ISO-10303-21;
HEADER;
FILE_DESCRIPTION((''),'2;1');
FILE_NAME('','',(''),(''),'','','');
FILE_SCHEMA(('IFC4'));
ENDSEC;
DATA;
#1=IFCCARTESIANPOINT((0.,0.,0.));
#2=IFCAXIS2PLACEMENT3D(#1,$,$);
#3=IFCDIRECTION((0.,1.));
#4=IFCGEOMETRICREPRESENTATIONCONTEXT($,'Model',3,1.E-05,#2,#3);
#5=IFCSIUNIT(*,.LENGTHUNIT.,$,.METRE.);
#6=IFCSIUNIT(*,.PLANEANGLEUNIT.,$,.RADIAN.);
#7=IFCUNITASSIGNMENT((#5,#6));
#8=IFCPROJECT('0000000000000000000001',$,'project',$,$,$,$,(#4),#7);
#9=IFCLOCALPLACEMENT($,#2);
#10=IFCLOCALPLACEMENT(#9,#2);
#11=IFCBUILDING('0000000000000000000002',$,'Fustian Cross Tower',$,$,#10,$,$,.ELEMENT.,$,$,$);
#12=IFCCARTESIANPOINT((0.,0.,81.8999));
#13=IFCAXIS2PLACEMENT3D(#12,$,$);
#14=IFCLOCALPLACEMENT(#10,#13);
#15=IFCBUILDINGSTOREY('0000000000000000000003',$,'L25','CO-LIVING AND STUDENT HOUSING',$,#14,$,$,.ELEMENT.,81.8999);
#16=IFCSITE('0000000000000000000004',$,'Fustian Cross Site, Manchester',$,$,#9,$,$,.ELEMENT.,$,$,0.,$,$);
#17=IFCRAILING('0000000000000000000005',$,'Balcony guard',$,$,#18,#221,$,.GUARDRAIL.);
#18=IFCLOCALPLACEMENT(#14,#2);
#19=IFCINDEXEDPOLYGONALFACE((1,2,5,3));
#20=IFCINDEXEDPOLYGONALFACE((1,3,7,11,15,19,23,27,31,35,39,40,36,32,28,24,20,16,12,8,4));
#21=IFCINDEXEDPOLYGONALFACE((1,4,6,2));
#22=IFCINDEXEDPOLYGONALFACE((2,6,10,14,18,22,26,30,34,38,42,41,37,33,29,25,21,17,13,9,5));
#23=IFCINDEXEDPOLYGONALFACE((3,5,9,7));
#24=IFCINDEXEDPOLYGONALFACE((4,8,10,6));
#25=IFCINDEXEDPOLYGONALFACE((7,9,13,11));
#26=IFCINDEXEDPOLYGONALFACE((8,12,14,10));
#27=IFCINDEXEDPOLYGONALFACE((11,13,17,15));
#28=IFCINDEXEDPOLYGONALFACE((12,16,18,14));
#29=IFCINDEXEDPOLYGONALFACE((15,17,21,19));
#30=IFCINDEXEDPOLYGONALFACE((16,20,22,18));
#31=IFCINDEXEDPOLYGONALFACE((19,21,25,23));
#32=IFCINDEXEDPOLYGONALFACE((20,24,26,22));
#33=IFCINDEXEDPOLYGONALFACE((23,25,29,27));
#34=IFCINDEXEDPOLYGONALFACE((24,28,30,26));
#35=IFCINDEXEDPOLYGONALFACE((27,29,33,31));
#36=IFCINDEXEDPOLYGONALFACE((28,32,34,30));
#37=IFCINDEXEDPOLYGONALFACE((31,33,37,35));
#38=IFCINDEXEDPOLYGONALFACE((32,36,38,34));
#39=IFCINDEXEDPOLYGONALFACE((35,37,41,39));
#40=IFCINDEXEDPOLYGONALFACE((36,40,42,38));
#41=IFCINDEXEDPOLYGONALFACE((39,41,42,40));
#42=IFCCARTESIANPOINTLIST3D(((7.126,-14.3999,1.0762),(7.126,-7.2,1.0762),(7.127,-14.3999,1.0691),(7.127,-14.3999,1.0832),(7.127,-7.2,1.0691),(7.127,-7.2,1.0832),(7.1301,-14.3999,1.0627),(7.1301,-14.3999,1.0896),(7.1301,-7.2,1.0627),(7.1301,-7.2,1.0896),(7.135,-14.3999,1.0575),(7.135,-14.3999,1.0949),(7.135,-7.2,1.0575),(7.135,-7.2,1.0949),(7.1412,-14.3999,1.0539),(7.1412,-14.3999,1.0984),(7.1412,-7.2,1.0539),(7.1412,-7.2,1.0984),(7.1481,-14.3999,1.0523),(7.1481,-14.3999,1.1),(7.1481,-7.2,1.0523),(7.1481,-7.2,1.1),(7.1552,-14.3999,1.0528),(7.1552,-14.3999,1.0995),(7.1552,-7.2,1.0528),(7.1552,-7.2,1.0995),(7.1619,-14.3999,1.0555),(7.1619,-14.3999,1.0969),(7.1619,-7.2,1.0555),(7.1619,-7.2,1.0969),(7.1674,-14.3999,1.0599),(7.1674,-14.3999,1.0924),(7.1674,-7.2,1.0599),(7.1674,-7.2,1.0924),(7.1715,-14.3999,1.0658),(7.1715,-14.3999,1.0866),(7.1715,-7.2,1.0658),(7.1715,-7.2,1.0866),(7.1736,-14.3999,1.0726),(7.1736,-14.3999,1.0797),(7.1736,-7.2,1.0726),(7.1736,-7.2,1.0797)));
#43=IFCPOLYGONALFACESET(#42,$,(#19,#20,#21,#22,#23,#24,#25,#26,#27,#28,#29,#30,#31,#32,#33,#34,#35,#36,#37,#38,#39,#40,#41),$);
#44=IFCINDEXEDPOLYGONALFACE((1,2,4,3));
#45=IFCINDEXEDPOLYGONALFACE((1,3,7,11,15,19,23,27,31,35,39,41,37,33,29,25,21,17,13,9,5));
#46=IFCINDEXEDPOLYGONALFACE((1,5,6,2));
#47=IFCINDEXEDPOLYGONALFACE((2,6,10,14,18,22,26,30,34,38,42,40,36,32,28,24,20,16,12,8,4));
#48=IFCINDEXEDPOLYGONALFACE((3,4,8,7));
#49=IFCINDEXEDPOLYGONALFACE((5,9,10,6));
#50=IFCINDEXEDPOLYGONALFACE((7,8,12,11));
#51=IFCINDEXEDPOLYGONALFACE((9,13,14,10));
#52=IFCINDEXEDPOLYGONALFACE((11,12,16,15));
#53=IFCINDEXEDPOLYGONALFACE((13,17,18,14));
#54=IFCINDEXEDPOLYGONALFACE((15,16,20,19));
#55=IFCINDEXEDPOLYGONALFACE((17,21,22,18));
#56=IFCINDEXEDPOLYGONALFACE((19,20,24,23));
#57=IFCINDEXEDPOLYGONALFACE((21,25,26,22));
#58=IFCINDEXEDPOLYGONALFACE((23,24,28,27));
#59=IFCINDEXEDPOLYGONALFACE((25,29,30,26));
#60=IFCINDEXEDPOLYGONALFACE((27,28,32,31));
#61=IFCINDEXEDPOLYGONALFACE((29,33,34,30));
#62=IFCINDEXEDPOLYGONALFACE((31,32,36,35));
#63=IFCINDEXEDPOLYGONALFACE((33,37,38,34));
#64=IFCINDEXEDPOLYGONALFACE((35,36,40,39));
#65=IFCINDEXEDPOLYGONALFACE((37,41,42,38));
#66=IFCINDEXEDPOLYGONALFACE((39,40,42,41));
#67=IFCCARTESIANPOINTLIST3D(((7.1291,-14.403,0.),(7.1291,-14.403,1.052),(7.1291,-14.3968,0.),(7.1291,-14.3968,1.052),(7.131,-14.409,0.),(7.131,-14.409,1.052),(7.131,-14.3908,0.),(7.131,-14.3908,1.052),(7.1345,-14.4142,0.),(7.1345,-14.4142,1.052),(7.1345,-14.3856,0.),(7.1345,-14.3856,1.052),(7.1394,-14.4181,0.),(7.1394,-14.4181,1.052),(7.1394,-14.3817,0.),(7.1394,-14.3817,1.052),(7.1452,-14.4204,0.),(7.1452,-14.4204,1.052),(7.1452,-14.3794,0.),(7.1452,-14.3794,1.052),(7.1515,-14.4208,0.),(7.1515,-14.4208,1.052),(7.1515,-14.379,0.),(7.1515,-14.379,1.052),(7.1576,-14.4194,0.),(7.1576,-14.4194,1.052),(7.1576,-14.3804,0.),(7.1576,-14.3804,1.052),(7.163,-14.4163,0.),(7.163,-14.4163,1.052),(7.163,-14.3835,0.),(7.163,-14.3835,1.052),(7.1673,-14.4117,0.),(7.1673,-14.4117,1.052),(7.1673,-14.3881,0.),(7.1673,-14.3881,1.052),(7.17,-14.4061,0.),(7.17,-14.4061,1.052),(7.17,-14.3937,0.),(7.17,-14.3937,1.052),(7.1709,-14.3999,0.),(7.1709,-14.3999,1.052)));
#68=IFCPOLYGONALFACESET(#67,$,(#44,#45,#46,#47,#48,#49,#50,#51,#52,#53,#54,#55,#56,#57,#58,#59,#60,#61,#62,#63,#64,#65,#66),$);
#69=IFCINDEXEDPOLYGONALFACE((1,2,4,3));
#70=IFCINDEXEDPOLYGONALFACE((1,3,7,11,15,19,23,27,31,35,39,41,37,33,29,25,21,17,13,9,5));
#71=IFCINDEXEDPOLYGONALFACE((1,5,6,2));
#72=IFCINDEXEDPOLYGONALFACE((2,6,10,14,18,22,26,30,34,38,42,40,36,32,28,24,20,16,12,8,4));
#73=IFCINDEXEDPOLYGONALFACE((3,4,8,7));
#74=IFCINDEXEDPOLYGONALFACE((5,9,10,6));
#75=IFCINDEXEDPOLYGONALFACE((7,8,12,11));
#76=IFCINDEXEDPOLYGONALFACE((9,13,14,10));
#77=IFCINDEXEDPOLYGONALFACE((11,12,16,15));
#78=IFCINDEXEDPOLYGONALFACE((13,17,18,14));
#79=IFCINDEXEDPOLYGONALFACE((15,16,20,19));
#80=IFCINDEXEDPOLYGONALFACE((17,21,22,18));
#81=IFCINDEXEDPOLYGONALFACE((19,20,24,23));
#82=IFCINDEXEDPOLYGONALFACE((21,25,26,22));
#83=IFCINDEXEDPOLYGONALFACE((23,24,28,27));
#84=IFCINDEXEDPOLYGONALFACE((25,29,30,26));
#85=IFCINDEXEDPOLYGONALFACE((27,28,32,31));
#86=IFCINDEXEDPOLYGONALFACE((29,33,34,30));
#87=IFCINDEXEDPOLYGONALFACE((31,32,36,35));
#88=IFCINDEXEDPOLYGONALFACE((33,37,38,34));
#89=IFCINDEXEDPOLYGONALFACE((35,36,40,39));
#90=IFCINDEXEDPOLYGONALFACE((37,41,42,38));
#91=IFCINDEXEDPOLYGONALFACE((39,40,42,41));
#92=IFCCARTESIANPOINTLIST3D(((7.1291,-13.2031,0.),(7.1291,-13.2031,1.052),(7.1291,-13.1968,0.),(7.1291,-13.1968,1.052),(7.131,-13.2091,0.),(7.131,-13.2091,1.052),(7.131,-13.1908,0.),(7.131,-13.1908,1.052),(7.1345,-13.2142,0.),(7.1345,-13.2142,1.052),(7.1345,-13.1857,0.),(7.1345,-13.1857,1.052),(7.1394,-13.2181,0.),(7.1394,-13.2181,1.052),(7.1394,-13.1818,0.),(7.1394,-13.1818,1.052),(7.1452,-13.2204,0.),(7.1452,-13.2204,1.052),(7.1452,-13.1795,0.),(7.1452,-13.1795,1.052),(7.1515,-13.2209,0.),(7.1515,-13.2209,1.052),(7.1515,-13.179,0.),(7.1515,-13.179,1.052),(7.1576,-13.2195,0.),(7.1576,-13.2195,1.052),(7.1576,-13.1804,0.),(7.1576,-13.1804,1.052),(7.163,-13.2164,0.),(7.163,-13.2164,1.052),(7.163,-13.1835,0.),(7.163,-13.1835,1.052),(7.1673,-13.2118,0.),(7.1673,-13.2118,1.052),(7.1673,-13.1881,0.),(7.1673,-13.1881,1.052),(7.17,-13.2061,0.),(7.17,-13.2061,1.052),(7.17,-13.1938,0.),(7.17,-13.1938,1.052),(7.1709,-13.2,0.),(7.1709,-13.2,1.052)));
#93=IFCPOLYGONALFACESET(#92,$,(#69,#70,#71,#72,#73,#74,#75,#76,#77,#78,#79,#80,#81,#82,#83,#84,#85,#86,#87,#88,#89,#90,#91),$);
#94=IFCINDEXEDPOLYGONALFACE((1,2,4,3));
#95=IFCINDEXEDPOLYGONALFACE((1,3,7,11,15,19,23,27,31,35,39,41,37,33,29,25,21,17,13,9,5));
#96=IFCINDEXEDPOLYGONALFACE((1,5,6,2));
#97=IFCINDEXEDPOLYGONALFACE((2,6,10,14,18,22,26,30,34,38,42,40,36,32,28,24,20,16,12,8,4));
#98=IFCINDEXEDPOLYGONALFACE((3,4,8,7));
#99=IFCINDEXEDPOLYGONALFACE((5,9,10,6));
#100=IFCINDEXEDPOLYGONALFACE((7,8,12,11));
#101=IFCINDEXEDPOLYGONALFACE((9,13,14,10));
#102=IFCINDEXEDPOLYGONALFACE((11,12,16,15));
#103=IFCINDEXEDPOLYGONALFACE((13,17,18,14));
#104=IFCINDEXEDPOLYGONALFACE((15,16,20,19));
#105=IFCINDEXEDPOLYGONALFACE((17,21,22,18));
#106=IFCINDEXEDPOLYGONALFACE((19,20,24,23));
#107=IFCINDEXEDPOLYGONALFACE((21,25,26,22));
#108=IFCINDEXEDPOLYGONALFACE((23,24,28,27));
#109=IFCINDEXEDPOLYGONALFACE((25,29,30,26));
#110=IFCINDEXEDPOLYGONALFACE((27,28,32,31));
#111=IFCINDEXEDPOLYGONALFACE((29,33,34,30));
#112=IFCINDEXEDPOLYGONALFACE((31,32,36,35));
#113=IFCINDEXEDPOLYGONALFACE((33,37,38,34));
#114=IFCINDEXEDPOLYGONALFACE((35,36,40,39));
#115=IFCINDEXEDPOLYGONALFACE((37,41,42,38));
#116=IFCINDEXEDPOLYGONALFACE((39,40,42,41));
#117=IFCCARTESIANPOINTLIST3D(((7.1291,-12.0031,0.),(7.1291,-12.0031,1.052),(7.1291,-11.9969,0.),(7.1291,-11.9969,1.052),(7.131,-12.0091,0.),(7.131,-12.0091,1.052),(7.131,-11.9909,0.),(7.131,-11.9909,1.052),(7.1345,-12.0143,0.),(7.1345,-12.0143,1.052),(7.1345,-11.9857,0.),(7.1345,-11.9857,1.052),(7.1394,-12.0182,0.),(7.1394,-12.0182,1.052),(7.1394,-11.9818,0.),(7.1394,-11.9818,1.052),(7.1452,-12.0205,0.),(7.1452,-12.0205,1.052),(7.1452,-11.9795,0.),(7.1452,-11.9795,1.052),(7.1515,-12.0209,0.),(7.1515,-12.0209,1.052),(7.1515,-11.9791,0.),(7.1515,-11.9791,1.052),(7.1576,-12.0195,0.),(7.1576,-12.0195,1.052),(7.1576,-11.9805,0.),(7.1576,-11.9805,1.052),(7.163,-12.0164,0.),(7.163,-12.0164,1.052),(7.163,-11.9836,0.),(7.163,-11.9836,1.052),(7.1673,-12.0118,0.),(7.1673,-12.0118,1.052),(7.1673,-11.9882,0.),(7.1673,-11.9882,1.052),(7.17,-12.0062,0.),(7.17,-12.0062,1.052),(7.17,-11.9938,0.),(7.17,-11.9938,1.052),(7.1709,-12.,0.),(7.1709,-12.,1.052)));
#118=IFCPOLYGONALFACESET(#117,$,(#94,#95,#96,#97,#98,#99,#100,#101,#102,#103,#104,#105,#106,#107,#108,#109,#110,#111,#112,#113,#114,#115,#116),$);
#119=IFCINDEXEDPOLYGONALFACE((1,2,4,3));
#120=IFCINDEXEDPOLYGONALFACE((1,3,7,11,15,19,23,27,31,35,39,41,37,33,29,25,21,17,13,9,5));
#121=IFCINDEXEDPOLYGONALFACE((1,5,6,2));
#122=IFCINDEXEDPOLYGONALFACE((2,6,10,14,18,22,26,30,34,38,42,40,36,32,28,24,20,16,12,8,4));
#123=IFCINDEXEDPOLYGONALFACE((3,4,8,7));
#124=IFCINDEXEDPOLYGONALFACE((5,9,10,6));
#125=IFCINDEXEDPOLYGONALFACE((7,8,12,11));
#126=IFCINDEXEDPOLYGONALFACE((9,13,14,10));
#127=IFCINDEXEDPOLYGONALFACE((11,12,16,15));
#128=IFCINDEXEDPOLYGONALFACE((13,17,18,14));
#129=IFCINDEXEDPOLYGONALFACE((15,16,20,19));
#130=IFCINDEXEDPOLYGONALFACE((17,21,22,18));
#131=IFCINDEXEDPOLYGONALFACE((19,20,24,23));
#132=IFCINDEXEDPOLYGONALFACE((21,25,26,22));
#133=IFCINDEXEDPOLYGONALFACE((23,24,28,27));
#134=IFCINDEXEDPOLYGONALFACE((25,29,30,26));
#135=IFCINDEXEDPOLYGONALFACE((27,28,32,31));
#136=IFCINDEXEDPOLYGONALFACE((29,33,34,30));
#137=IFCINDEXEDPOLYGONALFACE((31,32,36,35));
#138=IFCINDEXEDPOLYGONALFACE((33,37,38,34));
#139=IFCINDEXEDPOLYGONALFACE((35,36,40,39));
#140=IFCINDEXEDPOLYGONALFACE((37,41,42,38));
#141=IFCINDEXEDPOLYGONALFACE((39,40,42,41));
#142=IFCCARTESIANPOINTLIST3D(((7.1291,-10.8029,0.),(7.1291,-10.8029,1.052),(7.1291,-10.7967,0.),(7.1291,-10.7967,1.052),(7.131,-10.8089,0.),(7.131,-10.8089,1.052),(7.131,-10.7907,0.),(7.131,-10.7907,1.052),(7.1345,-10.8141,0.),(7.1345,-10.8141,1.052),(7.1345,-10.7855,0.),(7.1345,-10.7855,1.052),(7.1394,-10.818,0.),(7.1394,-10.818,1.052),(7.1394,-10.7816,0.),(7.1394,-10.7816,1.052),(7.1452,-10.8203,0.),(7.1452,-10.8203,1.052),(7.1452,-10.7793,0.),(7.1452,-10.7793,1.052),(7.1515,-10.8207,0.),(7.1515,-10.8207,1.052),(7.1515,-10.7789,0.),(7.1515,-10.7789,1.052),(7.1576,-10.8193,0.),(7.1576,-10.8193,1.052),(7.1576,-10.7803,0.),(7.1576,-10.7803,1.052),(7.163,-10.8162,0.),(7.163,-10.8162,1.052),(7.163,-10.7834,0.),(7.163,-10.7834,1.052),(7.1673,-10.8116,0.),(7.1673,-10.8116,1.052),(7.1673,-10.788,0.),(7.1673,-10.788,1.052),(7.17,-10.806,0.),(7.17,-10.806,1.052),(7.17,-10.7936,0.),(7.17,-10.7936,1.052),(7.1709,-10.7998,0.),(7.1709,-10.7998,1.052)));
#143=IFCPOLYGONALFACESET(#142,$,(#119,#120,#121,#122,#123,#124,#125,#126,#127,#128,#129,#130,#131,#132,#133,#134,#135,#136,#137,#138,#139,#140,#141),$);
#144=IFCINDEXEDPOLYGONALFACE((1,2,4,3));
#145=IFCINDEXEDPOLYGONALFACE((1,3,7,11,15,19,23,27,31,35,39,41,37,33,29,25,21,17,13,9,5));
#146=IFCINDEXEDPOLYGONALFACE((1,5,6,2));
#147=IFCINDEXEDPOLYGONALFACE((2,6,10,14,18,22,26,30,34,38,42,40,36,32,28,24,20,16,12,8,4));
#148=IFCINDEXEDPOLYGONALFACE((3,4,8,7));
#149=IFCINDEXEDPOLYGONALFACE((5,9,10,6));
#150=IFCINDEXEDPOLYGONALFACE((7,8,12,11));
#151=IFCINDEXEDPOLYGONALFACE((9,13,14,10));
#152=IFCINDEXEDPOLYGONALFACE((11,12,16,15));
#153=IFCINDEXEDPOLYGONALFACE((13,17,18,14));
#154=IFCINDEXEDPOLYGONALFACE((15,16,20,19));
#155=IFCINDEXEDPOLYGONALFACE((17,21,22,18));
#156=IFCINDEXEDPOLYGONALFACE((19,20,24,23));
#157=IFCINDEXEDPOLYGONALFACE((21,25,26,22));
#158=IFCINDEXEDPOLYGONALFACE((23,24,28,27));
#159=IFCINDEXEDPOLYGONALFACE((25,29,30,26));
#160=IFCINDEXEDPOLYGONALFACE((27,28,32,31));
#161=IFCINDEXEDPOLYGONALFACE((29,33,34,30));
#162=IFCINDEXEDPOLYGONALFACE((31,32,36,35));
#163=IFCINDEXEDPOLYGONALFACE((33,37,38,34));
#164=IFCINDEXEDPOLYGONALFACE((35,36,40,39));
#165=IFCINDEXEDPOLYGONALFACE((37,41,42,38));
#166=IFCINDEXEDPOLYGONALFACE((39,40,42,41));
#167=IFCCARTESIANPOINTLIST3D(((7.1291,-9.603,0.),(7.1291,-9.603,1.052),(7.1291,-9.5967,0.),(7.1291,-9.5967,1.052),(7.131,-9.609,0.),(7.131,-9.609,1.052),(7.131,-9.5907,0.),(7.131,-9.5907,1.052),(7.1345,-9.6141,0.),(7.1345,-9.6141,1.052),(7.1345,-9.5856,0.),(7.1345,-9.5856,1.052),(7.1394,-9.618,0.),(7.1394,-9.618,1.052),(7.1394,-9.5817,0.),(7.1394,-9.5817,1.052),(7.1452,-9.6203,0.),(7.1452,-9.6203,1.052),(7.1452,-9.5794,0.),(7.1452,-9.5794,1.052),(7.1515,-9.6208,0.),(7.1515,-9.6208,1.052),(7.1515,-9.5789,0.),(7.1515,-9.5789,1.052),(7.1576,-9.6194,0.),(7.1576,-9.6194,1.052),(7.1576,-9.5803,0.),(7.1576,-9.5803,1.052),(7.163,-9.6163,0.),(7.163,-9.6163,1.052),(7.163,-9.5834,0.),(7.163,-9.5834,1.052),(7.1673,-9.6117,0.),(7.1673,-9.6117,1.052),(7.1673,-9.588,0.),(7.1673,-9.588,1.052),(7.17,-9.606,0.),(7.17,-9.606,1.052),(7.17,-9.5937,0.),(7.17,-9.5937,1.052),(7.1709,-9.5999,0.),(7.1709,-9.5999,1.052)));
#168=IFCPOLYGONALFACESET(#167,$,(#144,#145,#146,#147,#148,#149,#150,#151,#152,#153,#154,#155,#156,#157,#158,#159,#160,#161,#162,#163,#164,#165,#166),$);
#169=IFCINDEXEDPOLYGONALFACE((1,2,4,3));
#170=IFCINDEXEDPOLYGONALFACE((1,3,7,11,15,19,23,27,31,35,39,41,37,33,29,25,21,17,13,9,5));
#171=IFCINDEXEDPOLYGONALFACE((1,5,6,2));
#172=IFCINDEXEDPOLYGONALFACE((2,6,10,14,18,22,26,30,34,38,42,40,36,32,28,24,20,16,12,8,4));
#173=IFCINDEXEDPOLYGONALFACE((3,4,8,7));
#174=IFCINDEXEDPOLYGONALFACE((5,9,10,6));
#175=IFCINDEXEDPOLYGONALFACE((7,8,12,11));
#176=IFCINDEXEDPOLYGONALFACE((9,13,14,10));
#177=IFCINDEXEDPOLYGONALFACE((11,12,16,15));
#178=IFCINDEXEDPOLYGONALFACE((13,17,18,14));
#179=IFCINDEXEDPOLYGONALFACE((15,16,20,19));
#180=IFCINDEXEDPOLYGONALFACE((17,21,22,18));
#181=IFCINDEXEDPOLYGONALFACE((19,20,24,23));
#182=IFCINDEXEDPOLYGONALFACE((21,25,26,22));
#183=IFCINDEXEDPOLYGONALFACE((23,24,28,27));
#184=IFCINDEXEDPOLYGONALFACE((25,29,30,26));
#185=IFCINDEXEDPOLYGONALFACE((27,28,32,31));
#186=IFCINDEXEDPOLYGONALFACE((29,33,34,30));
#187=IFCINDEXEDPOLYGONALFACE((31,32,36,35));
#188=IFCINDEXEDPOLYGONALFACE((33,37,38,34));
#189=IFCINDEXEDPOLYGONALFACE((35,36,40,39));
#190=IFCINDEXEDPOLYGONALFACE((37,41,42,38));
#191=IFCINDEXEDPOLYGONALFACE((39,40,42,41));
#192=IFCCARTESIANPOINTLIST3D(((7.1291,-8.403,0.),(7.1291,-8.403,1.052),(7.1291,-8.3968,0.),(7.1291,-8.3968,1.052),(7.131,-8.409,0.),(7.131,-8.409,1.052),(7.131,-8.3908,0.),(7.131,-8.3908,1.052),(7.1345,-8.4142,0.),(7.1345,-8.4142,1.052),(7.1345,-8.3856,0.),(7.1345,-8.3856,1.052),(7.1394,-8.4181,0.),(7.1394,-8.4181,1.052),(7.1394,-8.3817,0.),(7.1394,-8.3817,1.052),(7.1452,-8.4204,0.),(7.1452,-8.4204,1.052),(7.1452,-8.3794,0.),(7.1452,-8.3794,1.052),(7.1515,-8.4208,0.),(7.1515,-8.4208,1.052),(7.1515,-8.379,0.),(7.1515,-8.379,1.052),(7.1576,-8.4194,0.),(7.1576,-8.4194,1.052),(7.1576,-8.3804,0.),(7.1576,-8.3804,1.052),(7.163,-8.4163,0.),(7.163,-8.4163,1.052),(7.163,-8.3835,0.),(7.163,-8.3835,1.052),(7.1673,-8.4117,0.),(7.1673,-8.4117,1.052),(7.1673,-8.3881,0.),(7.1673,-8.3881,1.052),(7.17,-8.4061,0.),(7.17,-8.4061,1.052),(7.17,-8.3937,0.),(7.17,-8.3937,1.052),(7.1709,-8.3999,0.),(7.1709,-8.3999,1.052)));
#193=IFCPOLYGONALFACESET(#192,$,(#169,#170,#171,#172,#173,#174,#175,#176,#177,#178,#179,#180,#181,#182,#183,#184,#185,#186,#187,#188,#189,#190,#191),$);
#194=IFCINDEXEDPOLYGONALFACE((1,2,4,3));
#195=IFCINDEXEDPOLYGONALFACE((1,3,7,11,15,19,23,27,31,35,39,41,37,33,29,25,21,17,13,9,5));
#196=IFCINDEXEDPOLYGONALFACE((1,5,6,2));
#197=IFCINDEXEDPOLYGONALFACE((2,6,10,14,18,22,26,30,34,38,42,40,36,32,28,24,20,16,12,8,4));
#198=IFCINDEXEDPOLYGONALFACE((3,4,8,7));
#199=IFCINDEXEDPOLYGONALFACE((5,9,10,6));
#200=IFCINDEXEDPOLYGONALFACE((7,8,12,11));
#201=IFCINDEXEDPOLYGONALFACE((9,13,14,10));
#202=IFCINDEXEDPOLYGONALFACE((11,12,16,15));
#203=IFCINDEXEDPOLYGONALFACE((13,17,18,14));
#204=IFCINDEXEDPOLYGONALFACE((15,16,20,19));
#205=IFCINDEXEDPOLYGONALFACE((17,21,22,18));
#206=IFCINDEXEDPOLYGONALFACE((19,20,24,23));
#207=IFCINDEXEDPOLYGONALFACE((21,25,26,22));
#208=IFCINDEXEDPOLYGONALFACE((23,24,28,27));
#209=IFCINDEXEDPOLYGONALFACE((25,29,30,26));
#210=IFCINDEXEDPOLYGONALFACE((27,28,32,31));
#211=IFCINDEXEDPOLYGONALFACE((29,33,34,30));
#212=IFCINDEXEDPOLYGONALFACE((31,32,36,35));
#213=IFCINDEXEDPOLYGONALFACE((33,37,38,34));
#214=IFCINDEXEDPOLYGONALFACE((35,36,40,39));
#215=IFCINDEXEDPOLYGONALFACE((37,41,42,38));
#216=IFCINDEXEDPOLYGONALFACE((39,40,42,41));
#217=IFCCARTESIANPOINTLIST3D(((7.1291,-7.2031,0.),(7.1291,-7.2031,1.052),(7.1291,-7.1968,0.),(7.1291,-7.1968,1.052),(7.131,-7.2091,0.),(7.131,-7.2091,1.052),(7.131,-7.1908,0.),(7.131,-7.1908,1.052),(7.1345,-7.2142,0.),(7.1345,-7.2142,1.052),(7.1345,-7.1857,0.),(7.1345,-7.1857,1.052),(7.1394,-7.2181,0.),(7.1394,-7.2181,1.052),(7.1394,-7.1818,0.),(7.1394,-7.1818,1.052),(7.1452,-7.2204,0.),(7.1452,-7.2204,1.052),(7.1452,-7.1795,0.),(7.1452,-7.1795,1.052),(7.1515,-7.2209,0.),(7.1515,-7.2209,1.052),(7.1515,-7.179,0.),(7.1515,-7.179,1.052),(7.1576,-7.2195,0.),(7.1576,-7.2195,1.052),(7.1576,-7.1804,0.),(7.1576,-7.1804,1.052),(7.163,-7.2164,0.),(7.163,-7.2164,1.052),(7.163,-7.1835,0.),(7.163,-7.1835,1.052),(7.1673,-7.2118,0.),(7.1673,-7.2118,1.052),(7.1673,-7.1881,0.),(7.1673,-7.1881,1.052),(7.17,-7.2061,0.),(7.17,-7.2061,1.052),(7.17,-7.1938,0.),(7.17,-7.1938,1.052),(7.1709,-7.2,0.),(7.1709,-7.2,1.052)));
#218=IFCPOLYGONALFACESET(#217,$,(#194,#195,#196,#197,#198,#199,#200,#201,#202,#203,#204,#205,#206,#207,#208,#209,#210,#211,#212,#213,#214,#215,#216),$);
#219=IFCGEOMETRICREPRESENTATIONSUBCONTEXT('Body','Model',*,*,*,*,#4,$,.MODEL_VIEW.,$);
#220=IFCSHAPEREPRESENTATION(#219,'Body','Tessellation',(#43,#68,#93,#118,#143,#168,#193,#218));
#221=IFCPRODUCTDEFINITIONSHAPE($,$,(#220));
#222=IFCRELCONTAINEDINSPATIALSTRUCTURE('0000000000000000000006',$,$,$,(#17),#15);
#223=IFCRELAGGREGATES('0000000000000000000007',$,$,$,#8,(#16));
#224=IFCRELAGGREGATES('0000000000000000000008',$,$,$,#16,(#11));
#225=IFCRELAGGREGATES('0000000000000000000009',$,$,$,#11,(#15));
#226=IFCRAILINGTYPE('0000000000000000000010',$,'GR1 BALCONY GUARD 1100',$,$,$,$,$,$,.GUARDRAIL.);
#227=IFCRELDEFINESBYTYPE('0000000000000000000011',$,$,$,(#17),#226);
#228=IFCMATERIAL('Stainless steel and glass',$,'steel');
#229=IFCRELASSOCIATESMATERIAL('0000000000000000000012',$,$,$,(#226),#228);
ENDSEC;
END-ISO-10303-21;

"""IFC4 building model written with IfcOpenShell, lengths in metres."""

from ifc_helpers import new_model, si_unit, direction, frame, origin, origin_2d, place, context, subcontext, project, spatial, circle, extrude, material, type_object, element, save


model = new_model("IFC4")

# Units and contexts
model_context = context("Model", 3, precision=1e-05, world=origin(), true_north=direction((0.0, 1.0)))
body_context = subcontext(model_context, "Body", "Model", "MODEL_VIEW")
ifc_project = project(units=[si_unit("LENGTHUNIT", "METRE"), si_unit("PLANEANGLEUNIT", "RADIAN")], contexts=[model_context])

# Site, building, storey
site_placement = place(None, origin())
site = spatial("IfcSite", under=ifc_project, at=site_placement, Name="Fustian Cross Site, Manchester", CompositionType="ELEMENT", RefElevation=0.0)
building_placement = place(site_placement, origin())
building = spatial("IfcBuilding", under=site, at=building_placement, Name="Fustian Cross Tower", CompositionType="ELEMENT")
storey_placement = place(building_placement, frame((0.0, 0.0, 81.8999)))
storey = spatial("IfcBuildingStorey", under=building, at=storey_placement, Name="L25", Description="CO-LIVING AND STUDENT HOUSING", CompositionType="ELEMENT", Elevation=81.8999)

# Railing
ifc_material_1 = material(Name="Stainless steel and glass", Category="steel")
railing_type = type_object("IfcRailingType", Name="GR1 BALCONY GUARD 1100", PredefinedType="GUARDRAIL", material=ifc_material_1)
railing_placement = place(storey_placement, frame((7.1499, -14.3999, 0.0)))
element("IfcRailing", 1, at=railing_placement, inside=storey, type_object=railing_type, Name="Balcony guard", PredefinedType="GUARDRAIL", context=body_context, shape_type="SweptSolid", body=[
    extrude(circle(Radius=0.0239, at=origin_2d()), frame((0.0, 0.0, 1.0762), z_axis=(0.0, 1.0, 0.0), x_axis=(-1.0, 0.0, 0.0)), (0.0, 0.0, 1.0), 7.2),
    extrude(circle(Radius=0.021, at=origin_2d()), origin(), (0.0, 0.0, 1.0), 1.052),
    extrude(circle(Radius=0.021, at=origin_2d()), frame((0.0, 1.2, 0.0)), (0.0, 0.0, 1.0), 1.052),
    extrude(circle(Radius=0.021, at=origin_2d()), frame((0.0, 2.3999, 0.0)), (0.0, 0.0, 1.0), 1.052),
    extrude(circle(Radius=0.021, at=origin_2d()), frame((0.0, 3.6001, 0.0)), (0.0, 0.0, 1.0), 1.052),
    extrude(circle(Radius=0.021, at=origin_2d()), frame((0.0, 4.8, 0.0)), (0.0, 0.0, 1.0), 1.052),
    extrude(circle(Radius=0.021, at=origin_2d()), frame((0.0, 6.0, 0.0)), (0.0, 0.0, 1.0), 1.052),
    extrude(circle(Radius=0.021, at=origin_2d()), frame((0.0, 7.2, 0.0)), (0.0, 0.0, 1.0), 1.052),
])

save(model, "model.ifc")
